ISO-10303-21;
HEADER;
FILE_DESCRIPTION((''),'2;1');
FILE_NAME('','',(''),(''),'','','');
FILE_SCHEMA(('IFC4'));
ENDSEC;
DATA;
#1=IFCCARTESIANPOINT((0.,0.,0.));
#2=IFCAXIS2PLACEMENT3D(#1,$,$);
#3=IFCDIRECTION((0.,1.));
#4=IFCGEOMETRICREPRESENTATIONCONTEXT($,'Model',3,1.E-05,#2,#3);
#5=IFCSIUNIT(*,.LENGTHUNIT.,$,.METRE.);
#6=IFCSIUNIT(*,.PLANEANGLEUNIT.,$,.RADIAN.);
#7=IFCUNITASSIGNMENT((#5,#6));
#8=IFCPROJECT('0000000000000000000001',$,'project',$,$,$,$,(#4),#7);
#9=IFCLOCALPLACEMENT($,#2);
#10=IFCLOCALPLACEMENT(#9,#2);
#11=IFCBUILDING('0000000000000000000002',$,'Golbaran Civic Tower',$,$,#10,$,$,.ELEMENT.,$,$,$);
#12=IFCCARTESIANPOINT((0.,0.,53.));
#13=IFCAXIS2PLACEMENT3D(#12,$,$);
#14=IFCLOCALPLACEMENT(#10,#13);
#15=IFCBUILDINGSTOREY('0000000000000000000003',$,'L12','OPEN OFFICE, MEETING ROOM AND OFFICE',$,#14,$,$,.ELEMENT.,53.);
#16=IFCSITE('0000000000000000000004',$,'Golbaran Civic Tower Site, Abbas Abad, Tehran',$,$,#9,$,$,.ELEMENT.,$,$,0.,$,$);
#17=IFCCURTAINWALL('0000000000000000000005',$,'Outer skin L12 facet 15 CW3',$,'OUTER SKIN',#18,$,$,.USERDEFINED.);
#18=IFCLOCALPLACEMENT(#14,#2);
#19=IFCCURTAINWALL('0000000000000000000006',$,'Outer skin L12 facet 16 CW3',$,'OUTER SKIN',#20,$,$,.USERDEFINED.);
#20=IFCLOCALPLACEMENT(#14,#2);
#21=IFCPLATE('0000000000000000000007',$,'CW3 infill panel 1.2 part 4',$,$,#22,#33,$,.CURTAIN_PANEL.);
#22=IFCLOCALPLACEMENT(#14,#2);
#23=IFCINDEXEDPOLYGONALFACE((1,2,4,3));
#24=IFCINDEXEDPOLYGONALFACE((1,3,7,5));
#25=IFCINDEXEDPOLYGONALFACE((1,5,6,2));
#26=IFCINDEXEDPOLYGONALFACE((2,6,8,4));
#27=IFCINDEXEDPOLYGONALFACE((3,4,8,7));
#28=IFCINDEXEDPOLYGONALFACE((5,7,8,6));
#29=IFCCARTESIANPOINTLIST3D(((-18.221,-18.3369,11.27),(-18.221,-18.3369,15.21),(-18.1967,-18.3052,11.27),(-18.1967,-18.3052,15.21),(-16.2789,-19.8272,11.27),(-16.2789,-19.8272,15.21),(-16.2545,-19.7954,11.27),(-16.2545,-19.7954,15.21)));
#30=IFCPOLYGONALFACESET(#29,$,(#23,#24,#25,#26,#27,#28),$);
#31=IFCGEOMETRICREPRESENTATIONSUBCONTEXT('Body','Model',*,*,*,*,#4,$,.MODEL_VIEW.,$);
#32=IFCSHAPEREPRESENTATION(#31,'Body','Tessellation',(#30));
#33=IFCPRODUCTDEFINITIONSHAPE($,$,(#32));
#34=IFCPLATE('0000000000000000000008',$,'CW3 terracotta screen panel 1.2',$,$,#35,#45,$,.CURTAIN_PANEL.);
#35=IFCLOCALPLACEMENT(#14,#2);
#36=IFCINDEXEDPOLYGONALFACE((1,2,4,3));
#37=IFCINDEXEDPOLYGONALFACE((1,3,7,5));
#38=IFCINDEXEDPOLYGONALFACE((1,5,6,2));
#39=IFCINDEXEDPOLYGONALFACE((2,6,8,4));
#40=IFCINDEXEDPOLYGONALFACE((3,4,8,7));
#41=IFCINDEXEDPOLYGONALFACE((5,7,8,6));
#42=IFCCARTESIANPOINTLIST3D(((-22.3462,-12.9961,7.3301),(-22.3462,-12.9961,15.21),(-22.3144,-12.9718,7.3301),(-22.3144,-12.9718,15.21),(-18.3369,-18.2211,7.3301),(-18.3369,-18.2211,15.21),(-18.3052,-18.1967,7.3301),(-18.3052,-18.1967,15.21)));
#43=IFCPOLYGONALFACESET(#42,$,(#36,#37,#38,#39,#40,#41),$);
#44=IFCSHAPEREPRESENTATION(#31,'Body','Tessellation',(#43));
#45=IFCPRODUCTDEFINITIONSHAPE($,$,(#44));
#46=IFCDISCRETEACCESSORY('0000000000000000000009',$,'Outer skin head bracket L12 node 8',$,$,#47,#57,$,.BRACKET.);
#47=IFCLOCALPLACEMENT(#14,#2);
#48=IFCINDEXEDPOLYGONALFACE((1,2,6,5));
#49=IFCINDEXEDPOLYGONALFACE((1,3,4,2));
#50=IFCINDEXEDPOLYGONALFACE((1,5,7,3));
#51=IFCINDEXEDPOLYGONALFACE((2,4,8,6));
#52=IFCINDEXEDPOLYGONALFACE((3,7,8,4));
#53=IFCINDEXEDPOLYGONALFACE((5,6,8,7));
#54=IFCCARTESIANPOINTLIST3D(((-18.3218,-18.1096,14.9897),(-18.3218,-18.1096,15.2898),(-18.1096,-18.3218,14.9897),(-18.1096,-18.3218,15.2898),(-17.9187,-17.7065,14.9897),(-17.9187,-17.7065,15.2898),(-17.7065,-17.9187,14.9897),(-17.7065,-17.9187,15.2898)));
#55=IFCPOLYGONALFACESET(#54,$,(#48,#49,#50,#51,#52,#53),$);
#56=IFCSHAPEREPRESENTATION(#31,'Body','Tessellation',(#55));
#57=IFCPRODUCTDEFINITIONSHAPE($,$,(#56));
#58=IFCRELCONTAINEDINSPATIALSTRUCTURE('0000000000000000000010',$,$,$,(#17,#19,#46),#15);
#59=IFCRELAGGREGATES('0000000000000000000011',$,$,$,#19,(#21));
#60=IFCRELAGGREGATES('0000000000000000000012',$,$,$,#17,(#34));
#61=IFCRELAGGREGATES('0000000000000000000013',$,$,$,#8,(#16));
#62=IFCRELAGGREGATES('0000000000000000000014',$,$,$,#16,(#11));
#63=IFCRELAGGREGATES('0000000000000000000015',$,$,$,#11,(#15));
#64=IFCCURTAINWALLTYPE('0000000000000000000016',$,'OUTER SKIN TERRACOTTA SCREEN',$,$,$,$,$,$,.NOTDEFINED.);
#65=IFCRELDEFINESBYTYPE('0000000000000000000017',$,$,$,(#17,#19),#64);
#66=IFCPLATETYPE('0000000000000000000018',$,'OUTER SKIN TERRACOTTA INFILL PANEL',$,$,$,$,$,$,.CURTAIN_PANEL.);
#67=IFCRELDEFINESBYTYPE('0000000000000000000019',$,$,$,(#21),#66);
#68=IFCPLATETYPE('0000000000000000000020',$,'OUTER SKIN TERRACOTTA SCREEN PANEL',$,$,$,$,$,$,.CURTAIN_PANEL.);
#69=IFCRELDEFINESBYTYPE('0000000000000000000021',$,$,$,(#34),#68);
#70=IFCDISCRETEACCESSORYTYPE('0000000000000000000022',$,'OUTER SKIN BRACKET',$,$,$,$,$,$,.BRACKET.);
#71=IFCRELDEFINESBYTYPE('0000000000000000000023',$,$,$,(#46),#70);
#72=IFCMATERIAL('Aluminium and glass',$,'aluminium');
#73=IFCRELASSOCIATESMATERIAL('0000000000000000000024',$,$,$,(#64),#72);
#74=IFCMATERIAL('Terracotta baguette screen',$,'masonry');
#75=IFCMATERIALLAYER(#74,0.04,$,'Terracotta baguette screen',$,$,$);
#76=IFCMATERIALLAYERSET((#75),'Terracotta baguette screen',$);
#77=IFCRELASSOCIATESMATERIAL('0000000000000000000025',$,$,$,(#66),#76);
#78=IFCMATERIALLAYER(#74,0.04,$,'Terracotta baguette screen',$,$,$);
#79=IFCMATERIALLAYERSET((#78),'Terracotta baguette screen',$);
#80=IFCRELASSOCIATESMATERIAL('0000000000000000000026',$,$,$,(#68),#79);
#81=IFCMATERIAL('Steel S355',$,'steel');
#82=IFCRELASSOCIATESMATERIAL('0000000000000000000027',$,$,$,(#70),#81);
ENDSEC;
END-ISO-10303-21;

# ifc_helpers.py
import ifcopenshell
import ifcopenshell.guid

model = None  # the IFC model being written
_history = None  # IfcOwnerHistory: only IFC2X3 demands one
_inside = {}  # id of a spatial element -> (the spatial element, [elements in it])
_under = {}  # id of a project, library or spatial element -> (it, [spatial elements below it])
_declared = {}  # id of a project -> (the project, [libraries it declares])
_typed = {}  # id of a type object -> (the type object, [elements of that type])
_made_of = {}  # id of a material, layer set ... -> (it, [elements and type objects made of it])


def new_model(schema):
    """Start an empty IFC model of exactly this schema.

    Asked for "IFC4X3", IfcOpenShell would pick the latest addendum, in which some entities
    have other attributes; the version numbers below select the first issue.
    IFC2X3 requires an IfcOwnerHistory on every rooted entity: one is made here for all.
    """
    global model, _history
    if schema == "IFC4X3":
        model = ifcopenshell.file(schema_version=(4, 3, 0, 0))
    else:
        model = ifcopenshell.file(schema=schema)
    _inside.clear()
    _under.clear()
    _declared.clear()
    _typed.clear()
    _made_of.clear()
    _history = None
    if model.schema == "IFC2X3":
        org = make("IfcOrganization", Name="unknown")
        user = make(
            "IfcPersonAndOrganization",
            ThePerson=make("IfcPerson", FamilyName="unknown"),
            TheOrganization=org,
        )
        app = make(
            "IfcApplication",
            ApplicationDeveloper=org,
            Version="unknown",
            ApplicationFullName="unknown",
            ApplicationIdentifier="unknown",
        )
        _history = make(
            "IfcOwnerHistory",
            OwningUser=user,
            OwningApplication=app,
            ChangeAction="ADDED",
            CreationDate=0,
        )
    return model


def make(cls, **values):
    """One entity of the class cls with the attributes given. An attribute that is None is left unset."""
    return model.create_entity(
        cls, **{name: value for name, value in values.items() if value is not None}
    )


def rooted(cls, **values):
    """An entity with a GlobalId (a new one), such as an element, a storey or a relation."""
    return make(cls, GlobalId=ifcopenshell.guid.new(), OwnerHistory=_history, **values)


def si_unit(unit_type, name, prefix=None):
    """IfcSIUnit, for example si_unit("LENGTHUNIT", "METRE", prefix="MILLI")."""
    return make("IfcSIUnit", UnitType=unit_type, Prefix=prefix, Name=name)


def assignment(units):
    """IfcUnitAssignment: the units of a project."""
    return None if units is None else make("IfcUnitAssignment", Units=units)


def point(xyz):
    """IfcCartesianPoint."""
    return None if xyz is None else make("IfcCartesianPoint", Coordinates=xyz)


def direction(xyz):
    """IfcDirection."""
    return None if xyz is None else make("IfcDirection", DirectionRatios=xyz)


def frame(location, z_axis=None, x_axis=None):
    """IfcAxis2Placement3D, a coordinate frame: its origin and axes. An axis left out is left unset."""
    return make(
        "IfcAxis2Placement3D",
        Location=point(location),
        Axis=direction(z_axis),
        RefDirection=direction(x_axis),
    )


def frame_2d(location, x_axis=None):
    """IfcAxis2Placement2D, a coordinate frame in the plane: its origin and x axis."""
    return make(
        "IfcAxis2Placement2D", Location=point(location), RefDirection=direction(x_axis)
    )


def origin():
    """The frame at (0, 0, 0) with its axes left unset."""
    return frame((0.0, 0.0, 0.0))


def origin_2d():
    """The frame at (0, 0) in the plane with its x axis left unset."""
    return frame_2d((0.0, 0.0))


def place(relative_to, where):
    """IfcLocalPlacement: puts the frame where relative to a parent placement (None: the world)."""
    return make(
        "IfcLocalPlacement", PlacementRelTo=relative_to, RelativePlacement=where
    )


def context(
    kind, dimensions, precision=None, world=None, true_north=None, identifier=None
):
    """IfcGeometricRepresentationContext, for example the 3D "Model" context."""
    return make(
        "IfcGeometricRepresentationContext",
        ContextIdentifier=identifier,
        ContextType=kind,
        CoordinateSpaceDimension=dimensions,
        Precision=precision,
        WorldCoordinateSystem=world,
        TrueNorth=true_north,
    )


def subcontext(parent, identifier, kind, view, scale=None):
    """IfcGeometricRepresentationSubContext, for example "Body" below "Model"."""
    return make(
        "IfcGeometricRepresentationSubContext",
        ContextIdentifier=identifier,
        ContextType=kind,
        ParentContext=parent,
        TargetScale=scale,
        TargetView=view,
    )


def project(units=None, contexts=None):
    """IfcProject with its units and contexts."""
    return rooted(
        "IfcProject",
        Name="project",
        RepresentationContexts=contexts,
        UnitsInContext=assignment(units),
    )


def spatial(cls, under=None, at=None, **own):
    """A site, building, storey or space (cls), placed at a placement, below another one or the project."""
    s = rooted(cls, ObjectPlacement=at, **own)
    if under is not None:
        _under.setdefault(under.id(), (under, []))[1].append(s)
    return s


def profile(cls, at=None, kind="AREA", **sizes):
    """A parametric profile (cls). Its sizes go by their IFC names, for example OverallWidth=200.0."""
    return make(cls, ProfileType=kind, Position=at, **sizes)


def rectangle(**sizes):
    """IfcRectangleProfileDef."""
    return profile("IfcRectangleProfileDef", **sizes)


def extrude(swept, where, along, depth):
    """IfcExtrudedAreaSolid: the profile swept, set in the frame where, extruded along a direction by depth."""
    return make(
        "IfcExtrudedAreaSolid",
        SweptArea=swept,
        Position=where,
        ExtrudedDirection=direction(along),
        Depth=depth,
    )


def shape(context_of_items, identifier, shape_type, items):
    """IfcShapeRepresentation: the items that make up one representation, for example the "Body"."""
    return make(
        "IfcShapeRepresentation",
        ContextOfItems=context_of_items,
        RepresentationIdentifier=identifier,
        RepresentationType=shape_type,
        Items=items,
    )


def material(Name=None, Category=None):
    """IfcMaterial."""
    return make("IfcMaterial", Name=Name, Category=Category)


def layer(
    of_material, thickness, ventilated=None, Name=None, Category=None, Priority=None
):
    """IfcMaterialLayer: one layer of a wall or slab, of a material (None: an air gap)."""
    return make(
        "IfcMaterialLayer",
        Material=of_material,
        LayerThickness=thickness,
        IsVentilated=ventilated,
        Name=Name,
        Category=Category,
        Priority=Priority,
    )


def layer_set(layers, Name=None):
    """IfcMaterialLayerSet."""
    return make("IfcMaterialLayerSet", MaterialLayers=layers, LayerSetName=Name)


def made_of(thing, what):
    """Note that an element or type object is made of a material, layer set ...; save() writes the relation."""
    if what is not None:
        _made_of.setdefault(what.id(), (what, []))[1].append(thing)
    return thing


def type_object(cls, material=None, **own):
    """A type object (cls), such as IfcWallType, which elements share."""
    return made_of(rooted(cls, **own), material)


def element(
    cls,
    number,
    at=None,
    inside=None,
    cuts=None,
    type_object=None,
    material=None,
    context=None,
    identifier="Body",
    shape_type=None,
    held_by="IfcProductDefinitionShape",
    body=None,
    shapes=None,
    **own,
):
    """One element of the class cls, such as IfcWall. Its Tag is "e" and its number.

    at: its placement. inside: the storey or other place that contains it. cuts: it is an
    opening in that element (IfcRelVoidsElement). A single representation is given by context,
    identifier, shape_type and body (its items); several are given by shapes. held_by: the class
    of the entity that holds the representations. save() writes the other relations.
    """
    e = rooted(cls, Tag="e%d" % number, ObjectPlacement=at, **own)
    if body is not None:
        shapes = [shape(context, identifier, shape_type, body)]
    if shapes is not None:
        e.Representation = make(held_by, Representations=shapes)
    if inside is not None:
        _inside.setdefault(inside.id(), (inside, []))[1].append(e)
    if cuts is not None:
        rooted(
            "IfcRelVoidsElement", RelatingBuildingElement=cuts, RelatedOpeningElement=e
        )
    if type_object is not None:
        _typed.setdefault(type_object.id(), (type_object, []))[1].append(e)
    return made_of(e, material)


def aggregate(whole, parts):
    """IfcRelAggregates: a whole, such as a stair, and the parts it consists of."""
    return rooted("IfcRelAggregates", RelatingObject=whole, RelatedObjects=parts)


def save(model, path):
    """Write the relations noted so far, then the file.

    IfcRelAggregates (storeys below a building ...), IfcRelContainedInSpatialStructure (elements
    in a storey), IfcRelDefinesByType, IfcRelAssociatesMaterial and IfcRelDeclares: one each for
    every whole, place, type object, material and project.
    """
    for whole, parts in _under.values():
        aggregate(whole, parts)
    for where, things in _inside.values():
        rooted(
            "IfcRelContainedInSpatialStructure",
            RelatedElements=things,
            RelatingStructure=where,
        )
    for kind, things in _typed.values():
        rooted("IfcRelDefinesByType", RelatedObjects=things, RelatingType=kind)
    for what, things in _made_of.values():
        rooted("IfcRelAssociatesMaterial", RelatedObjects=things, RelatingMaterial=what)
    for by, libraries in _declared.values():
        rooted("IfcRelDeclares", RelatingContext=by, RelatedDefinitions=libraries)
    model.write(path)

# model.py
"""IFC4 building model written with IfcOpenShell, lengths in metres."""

from ifc_helpers import new_model, si_unit, direction, frame, origin, origin_2d, place, context, subcontext, project, spatial, rectangle, extrude, material, layer, layer_set, type_object, element, aggregate, save


model = new_model("IFC4")

# Units and contexts
model_context = context("Model", 3, precision=1e-05, world=origin(), true_north=direction((0.0, 1.0)))
body_context = subcontext(model_context, "Body", "Model", "MODEL_VIEW")
ifc_project = project(units=[si_unit("LENGTHUNIT", "METRE"), si_unit("PLANEANGLEUNIT", "RADIAN")], contexts=[model_context])

# Site, building, storey
site_placement = place(None, origin())
site = spatial("IfcSite", under=ifc_project, at=site_placement, Name="Golbaran Civic Tower Site, Abbas Abad, Tehran", CompositionType="ELEMENT", RefElevation=0.0)
building_placement = place(site_placement, origin())
building = spatial("IfcBuilding", under=site, at=building_placement, Name="Golbaran Civic Tower", CompositionType="ELEMENT")
storey_placement = place(building_placement, frame((0.0, 0.0, 53.0)))
storey = spatial("IfcBuildingStorey", under=building, at=storey_placement, Name="L12", Description="OPEN OFFICE, MEETING ROOM AND OFFICE", CompositionType="ELEMENT", Elevation=53.0)

# Curtain walls
ifc_material_1 = material(Name="Aluminium and glass", Category="aluminium")
curtain_wall_type_1 = type_object("IfcCurtainWallType", Name="OUTER SKIN TERRACOTTA SCREEN", PredefinedType="NOTDEFINED", material=ifc_material_1)
curtain_wall_1_placement = place(storey_placement, origin())
curtain_wall_1 = element("IfcCurtainWall", 1, at=curtain_wall_1_placement, inside=storey, type_object=curtain_wall_type_1, Name="Outer skin L12 facet 15 CW3", ObjectType="OUTER SKIN", PredefinedType="USERDEFINED")
curtain_wall_2_placement = place(storey_placement, origin())
curtain_wall_2 = element("IfcCurtainWall", 2, at=curtain_wall_2_placement, inside=storey, type_object=curtain_wall_type_1, Name="Outer skin L12 facet 16 CW3", ObjectType="OUTER SKIN", PredefinedType="USERDEFINED")

# Plates
ifc_material_2 = material(Name="Terracotta baguette screen", Category="masonry")
ifc_layer_1 = layer(ifc_material_2, 0.04, Name="Terracotta baguette screen")
ifc_layer_set_1 = layer_set([ifc_layer_1], Name="Terracotta baguette screen")
plate_type_1 = type_object("IfcPlateType", Name="OUTER SKIN TERRACOTTA INFILL PANEL", PredefinedType="CURTAIN_PANEL", material=ifc_layer_set_1)
plate_1_placement = place(storey_placement, frame((-17.2378, -19.0662, 11.27), z_axis=(0.0, 0.0, 1.0), x_axis=(0.793353, -0.608761, 0.0)))
plate_1 = element("IfcPlate", 3, at=plate_1_placement, type_object=plate_type_1, Name="CW3 infill panel 1.2 part 4", PredefinedType="CURTAIN_PANEL", context=body_context, shape_type="SweptSolid", body=[
    extrude(rectangle(XDim=2.448, YDim=0.04, at=origin_2d()), origin(), (0.0, 0.0, 1.0), 3.9399),
])
aggregate(curtain_wall_2, [plate_1])
ifc_layer_2 = layer(ifc_material_2, 0.04, Name="Terracotta baguette screen")
ifc_layer_set_2 = layer_set([ifc_layer_2], Name="Terracotta baguette screen")
plate_type_2 = type_object("IfcPlateType", Name="OUTER SKIN TERRACOTTA SCREEN PANEL", PredefinedType="CURTAIN_PANEL", material=ifc_layer_set_2)
plate_2_placement = place(storey_placement, frame((-20.3257, -15.5964, 7.3301), z_axis=(0.0, 0.0, 1.0), x_axis=(0.608761, -0.793353, 0.0)))
plate_2 = element("IfcPlate", 4, at=plate_2_placement, type_object=plate_type_2, Name="CW3 terracotta screen panel 1.2", PredefinedType="CURTAIN_PANEL", context=body_context, shape_type="SweptSolid", body=[
    extrude(rectangle(XDim=6.5859, YDim=0.04, at=origin_2d()), origin(), (0.0, 0.0, 1.0), 7.8799),
])
aggregate(curtain_wall_1, [plate_2])

# Discrete accessory
ifc_material_3 = material(Name="Steel S355", Category="steel")
discrete_accessory_type = type_object("IfcDiscreteAccessoryType", Name="OUTER SKIN BRACKET", PredefinedType="BRACKET", material=ifc_material_3)
discrete_accessory_placement = place(storey_placement, frame((-18.0142, -18.0142, 14.9897), z_axis=(0.0, 0.0, 1.0), x_axis=(-0.707107, -0.707107, 0.0)))
element("IfcDiscreteAccessory", 5, at=discrete_accessory_placement, inside=storey, type_object=discrete_accessory_type, Name="Outer skin head bracket L12 node 8", PredefinedType="BRACKET", context=body_context, shape_type="SweptSolid", body=[
    extrude(rectangle(XDim=0.5701, YDim=0.3, at=origin_2d()), origin(), (0.0, 0.0, 1.0), 0.3),
])

save(model, "model.ifc")
